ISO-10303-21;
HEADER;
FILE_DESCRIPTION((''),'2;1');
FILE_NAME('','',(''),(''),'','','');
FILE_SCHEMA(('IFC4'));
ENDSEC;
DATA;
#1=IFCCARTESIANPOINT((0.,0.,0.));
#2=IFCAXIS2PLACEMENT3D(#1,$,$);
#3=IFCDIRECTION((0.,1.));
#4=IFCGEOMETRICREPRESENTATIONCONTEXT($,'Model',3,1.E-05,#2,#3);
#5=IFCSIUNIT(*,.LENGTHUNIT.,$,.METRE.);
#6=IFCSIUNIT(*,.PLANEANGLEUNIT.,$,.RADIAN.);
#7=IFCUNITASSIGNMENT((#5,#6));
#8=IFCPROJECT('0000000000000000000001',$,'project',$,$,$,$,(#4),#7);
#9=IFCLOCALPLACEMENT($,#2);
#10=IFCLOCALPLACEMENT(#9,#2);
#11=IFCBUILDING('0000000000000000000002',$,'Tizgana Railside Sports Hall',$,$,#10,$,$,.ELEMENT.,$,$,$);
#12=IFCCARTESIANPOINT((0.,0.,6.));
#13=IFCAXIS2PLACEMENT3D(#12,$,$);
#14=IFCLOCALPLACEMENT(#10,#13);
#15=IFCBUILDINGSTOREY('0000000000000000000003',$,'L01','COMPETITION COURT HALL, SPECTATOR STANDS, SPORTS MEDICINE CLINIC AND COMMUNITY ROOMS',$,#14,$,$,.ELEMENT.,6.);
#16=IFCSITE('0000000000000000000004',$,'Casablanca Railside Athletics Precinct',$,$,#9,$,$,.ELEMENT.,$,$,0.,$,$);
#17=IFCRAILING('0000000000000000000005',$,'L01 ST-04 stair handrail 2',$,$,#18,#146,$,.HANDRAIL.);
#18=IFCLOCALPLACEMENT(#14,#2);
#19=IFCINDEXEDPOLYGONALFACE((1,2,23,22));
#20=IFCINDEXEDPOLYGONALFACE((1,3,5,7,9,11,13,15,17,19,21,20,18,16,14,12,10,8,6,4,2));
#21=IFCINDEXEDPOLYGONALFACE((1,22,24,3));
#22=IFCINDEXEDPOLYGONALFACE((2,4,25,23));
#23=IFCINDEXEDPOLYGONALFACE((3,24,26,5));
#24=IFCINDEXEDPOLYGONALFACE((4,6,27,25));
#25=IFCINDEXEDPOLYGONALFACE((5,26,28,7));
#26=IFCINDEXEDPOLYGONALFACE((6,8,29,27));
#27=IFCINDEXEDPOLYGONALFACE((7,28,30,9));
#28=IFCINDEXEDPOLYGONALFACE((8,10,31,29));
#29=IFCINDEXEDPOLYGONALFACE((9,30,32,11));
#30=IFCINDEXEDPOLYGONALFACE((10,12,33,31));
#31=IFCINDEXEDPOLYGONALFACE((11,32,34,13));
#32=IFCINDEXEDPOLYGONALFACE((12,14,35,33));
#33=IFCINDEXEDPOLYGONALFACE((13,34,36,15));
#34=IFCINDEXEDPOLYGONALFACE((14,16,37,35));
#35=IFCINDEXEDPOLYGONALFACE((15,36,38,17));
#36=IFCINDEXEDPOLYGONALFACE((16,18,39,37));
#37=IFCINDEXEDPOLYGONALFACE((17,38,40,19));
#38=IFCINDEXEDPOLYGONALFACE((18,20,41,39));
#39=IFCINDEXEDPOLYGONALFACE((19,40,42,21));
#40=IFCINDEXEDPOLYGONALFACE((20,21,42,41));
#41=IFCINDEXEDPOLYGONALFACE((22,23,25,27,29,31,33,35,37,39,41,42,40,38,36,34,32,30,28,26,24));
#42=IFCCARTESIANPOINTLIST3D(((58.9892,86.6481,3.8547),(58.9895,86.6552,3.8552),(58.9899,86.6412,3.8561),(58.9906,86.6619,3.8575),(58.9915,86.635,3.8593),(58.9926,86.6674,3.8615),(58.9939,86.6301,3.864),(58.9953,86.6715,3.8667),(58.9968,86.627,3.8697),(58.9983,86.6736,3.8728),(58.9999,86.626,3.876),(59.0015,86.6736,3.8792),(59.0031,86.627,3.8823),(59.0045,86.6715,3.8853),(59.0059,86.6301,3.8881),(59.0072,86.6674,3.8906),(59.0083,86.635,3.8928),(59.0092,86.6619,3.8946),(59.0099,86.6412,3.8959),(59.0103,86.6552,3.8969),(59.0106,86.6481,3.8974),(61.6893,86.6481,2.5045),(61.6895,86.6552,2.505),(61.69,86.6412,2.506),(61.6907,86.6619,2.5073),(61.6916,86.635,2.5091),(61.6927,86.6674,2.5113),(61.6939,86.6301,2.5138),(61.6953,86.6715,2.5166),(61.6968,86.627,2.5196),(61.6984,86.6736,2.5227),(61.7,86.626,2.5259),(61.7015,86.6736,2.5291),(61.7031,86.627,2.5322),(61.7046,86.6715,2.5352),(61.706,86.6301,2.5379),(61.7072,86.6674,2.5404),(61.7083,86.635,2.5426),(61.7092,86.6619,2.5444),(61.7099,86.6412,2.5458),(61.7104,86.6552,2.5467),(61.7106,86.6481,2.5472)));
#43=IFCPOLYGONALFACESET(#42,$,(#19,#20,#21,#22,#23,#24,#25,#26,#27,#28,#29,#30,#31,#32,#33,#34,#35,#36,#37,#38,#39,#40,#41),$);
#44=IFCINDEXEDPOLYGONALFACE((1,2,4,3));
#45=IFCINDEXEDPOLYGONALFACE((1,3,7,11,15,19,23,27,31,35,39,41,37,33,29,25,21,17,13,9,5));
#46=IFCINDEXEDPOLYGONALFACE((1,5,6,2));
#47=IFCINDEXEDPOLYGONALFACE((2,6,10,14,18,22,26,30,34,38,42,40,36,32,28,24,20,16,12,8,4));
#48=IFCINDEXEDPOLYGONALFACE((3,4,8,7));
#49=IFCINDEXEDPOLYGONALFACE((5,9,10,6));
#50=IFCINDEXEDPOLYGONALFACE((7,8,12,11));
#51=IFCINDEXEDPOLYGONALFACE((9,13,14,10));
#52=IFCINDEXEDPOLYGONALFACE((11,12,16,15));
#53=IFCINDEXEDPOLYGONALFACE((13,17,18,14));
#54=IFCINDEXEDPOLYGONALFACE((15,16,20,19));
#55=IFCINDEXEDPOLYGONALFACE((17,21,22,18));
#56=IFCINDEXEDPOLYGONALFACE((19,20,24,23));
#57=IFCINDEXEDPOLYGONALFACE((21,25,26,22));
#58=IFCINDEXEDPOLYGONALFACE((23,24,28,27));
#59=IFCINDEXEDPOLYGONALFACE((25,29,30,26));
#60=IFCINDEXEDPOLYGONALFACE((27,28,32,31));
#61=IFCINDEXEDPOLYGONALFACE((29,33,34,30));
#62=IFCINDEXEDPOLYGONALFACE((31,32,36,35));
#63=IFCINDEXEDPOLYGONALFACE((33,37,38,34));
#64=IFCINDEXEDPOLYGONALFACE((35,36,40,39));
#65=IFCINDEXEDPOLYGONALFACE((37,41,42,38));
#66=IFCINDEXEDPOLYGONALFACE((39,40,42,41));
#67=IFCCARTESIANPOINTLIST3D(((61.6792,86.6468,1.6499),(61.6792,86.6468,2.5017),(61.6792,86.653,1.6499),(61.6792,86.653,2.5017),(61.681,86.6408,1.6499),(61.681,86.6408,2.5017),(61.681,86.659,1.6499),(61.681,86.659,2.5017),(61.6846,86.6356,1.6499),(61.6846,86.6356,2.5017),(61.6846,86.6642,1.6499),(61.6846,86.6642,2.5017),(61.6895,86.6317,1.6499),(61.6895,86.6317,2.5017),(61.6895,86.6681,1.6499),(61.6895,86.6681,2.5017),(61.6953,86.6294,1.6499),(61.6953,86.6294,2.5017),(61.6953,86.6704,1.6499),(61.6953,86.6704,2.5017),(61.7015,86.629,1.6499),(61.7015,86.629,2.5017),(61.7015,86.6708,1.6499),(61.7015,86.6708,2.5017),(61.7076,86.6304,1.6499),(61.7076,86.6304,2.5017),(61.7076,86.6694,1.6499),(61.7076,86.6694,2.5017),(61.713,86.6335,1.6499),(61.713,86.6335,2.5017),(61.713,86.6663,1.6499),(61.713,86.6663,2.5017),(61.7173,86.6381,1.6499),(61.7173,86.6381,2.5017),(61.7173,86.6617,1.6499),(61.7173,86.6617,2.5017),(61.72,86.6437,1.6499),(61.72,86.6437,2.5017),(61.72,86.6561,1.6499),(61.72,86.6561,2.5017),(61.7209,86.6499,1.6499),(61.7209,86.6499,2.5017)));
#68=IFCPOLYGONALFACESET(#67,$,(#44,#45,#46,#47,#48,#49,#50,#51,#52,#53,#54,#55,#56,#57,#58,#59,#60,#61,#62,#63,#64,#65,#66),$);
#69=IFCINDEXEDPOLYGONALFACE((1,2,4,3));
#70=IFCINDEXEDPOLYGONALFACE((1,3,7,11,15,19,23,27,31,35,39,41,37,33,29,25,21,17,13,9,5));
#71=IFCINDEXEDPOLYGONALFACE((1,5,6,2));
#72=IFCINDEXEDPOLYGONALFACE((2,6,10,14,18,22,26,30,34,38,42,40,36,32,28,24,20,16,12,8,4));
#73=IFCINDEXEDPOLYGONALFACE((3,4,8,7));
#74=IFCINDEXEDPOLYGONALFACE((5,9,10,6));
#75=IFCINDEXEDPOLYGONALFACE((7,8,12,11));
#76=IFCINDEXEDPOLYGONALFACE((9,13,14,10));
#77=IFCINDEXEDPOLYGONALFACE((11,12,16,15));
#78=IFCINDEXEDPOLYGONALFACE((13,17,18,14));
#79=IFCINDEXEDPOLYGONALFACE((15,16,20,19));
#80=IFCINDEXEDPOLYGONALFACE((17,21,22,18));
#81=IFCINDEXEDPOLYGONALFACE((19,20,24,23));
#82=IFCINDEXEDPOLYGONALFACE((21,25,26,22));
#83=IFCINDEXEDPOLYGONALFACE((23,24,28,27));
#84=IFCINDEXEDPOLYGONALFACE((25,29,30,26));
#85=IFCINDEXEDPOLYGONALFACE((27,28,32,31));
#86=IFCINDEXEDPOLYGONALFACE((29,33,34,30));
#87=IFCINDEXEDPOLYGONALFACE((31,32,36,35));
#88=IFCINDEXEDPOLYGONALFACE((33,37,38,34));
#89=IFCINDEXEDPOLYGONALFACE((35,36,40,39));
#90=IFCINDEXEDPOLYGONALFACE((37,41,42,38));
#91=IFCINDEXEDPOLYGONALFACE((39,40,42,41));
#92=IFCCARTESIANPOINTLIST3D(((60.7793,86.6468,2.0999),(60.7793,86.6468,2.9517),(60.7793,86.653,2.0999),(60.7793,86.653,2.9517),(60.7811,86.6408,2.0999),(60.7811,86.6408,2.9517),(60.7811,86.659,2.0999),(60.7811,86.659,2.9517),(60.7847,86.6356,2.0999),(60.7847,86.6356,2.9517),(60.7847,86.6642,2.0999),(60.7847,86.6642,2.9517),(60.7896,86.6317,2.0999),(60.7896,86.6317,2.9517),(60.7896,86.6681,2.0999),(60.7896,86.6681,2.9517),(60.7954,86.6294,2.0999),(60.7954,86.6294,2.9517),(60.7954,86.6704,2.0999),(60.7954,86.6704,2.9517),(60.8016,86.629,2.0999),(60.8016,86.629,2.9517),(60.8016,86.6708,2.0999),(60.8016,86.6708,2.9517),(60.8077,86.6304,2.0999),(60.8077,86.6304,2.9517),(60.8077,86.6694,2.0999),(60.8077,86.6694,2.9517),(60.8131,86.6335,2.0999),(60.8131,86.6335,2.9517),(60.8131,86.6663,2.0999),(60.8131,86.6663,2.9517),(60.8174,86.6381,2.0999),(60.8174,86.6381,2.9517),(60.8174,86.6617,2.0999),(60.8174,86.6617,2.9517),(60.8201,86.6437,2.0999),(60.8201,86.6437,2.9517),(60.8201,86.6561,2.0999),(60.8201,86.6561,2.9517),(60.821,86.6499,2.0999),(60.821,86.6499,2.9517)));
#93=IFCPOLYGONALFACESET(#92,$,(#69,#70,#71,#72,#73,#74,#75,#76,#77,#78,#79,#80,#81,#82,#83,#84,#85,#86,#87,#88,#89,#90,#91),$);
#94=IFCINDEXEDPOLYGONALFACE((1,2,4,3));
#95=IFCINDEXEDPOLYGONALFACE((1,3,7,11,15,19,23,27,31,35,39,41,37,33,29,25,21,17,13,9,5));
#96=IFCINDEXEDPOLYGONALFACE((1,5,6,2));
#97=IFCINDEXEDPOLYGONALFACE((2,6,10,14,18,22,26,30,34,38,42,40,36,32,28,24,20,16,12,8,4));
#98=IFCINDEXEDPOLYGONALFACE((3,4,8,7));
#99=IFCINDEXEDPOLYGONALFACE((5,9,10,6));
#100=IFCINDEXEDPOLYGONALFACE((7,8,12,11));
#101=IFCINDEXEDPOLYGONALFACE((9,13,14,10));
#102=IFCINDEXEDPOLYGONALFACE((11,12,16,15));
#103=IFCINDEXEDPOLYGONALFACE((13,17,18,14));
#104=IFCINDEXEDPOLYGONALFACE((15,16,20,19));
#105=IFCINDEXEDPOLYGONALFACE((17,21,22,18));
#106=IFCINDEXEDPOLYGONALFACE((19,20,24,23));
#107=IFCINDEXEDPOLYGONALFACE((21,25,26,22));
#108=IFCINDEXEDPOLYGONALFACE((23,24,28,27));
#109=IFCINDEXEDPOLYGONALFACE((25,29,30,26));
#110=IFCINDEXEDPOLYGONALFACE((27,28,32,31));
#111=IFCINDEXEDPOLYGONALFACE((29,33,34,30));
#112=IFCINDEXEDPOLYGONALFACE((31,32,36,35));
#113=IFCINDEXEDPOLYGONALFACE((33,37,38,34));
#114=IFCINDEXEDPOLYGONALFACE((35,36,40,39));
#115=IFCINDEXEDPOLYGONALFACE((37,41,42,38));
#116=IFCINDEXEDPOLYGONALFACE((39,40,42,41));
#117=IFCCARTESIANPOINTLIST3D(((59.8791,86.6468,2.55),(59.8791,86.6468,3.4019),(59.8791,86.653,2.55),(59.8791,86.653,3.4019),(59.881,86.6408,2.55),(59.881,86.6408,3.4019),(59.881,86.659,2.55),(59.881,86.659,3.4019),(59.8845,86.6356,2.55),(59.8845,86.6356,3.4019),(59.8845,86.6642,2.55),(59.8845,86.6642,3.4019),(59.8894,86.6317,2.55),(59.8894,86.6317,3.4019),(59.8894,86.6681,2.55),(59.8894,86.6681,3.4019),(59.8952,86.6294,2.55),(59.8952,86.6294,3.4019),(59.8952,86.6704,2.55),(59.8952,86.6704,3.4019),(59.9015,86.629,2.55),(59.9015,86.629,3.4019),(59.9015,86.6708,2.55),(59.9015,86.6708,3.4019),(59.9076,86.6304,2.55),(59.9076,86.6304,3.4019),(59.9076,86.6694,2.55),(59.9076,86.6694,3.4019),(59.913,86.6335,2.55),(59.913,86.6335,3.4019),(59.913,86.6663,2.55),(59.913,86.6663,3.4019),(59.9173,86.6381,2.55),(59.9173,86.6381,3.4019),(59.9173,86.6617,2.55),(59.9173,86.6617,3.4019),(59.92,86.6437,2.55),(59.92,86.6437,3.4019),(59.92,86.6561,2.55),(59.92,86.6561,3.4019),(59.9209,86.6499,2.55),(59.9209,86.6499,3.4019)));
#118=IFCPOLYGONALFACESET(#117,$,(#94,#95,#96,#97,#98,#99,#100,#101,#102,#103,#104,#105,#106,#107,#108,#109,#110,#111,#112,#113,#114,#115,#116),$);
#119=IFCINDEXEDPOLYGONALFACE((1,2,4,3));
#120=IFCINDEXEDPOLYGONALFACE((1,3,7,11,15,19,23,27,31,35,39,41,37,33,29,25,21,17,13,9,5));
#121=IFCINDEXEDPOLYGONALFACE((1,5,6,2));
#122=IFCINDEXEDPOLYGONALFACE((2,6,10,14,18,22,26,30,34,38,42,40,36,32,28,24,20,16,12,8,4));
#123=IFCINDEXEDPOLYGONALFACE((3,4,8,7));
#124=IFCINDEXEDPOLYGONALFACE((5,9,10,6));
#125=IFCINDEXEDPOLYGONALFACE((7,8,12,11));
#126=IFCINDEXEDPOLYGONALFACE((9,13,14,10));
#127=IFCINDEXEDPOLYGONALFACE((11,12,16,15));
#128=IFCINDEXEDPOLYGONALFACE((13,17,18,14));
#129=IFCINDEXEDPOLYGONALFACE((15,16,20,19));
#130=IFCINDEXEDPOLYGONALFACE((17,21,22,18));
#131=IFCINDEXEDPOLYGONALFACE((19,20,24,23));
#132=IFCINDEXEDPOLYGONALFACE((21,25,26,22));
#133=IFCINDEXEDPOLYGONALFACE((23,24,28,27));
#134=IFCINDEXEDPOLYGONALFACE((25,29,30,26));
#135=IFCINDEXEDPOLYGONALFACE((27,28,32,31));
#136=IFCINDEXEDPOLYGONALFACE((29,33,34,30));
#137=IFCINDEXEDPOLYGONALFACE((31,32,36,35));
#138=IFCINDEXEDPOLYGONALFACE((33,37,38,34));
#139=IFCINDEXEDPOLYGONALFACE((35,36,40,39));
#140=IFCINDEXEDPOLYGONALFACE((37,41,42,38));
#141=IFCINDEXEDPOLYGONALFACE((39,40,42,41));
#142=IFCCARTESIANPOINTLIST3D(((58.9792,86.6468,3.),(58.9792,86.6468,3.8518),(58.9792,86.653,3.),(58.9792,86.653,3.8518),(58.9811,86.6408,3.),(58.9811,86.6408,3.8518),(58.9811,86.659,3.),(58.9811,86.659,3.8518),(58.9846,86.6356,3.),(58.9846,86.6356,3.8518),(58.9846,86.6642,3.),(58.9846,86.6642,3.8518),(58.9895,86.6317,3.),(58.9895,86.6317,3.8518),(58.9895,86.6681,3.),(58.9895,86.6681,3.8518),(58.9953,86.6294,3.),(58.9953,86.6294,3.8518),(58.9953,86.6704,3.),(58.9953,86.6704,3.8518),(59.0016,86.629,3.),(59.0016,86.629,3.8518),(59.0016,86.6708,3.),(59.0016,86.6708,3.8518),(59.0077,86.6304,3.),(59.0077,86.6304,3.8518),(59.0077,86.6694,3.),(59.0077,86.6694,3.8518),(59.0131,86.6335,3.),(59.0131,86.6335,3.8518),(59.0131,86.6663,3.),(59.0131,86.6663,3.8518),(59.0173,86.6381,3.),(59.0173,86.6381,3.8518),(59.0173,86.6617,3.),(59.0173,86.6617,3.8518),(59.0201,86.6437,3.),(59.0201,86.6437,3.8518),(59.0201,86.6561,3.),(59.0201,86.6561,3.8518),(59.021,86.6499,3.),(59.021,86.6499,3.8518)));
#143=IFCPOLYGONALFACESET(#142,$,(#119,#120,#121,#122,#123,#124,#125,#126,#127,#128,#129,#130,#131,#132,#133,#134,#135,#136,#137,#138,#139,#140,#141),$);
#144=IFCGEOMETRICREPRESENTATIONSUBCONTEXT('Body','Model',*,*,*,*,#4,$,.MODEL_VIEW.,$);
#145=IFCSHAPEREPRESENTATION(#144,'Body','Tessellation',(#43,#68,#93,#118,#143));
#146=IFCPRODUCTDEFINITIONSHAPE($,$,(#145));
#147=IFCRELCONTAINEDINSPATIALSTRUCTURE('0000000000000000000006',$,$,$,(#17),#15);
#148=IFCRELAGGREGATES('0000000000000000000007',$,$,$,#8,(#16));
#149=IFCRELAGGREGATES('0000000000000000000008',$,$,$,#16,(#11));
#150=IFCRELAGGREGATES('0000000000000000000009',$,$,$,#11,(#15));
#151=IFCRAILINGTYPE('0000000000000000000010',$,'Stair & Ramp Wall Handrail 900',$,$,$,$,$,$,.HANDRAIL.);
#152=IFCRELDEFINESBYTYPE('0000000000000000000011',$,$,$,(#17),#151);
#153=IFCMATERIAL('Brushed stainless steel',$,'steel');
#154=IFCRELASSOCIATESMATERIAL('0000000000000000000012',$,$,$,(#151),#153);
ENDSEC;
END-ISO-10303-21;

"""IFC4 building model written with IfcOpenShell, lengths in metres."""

from ifc_helpers import new_model, si_unit, direction, frame, origin, origin_2d, place, context, subcontext, project, spatial, circle, extrude, material, type_object, element, save


model = new_model("IFC4")

# Units and contexts
model_context = context("Model", 3, precision=1e-05, world=origin(), true_north=direction((0.0, 1.0)))
body_context = subcontext(model_context, "Body", "Model", "MODEL_VIEW")
ifc_project = project(units=[si_unit("LENGTHUNIT", "METRE"), si_unit("PLANEANGLEUNIT", "RADIAN")], contexts=[model_context])

# Site, building, storey
site_placement = place(None, origin())
site = spatial("IfcSite", under=ifc_project, at=site_placement, Name="Casablanca Railside Athletics Precinct", CompositionType="ELEMENT", RefElevation=0.0)
building_placement = place(site_placement, origin())
building = spatial("IfcBuilding", under=site, at=building_placement, Name="Tizgana Railside Sports Hall", CompositionType="ELEMENT")
storey_placement = place(building_placement, frame((0.0, 0.0, 6.0)))
storey = spatial("IfcBuildingStorey", under=building, at=storey_placement, Name="L01", Description="COMPETITION COURT HALL, SPECTATOR STANDS, SPORTS MEDICINE CLINIC AND COMMUNITY ROOMS", CompositionType="ELEMENT", Elevation=6.0)

# Shared definitions
ifc_material_1 = material(Name="Brushed stainless steel", Category="steel")

# Railing
railing_type_1 = type_object("IfcRailingType", Name="Stair & Ramp Wall Handrail 900", PredefinedType="HANDRAIL", material=ifc_material_1)
for number, where, name in (
    (1, (61.7, 86.6499, 1.6499), "L01 ST-04 stair handrail 2"),
):
    element("IfcRailing", number, at=place(storey_placement, frame(where)), inside=storey, type_object=railing_type_1, Name=name, PredefinedType="HANDRAIL", context=body_context, shape_type="SweptSolid", body=[
        extrude(circle(Radius=0.0239, at=origin_2d()), frame((0.0, 0.0, 0.876), z_axis=(-0.894411, 0.0, 0.447246), x_axis=(0.0, -1.0, 0.0)), (0.0, 0.0, 1.0), 3.0188),
        extrude(circle(Radius=0.021, at=origin_2d()), origin(), (0.0, 0.0, 1.0), 0.8518),
        extrude(circle(Radius=0.021, at=origin_2d()), frame((-0.8999, 0.0, 0.45)), (0.0, 0.0, 1.0), 0.8518),
        extrude(circle(Radius=0.021, at=origin_2d()), frame((-1.8, 0.0, 0.9001)), (0.0, 0.0, 1.0), 0.8518),
        extrude(circle(Radius=0.021, at=origin_2d()), frame((-2.7, 0.0, 1.3501)), (0.0, 0.0, 1.0), 0.8518),
    ])

save(model, "model.ifc")
